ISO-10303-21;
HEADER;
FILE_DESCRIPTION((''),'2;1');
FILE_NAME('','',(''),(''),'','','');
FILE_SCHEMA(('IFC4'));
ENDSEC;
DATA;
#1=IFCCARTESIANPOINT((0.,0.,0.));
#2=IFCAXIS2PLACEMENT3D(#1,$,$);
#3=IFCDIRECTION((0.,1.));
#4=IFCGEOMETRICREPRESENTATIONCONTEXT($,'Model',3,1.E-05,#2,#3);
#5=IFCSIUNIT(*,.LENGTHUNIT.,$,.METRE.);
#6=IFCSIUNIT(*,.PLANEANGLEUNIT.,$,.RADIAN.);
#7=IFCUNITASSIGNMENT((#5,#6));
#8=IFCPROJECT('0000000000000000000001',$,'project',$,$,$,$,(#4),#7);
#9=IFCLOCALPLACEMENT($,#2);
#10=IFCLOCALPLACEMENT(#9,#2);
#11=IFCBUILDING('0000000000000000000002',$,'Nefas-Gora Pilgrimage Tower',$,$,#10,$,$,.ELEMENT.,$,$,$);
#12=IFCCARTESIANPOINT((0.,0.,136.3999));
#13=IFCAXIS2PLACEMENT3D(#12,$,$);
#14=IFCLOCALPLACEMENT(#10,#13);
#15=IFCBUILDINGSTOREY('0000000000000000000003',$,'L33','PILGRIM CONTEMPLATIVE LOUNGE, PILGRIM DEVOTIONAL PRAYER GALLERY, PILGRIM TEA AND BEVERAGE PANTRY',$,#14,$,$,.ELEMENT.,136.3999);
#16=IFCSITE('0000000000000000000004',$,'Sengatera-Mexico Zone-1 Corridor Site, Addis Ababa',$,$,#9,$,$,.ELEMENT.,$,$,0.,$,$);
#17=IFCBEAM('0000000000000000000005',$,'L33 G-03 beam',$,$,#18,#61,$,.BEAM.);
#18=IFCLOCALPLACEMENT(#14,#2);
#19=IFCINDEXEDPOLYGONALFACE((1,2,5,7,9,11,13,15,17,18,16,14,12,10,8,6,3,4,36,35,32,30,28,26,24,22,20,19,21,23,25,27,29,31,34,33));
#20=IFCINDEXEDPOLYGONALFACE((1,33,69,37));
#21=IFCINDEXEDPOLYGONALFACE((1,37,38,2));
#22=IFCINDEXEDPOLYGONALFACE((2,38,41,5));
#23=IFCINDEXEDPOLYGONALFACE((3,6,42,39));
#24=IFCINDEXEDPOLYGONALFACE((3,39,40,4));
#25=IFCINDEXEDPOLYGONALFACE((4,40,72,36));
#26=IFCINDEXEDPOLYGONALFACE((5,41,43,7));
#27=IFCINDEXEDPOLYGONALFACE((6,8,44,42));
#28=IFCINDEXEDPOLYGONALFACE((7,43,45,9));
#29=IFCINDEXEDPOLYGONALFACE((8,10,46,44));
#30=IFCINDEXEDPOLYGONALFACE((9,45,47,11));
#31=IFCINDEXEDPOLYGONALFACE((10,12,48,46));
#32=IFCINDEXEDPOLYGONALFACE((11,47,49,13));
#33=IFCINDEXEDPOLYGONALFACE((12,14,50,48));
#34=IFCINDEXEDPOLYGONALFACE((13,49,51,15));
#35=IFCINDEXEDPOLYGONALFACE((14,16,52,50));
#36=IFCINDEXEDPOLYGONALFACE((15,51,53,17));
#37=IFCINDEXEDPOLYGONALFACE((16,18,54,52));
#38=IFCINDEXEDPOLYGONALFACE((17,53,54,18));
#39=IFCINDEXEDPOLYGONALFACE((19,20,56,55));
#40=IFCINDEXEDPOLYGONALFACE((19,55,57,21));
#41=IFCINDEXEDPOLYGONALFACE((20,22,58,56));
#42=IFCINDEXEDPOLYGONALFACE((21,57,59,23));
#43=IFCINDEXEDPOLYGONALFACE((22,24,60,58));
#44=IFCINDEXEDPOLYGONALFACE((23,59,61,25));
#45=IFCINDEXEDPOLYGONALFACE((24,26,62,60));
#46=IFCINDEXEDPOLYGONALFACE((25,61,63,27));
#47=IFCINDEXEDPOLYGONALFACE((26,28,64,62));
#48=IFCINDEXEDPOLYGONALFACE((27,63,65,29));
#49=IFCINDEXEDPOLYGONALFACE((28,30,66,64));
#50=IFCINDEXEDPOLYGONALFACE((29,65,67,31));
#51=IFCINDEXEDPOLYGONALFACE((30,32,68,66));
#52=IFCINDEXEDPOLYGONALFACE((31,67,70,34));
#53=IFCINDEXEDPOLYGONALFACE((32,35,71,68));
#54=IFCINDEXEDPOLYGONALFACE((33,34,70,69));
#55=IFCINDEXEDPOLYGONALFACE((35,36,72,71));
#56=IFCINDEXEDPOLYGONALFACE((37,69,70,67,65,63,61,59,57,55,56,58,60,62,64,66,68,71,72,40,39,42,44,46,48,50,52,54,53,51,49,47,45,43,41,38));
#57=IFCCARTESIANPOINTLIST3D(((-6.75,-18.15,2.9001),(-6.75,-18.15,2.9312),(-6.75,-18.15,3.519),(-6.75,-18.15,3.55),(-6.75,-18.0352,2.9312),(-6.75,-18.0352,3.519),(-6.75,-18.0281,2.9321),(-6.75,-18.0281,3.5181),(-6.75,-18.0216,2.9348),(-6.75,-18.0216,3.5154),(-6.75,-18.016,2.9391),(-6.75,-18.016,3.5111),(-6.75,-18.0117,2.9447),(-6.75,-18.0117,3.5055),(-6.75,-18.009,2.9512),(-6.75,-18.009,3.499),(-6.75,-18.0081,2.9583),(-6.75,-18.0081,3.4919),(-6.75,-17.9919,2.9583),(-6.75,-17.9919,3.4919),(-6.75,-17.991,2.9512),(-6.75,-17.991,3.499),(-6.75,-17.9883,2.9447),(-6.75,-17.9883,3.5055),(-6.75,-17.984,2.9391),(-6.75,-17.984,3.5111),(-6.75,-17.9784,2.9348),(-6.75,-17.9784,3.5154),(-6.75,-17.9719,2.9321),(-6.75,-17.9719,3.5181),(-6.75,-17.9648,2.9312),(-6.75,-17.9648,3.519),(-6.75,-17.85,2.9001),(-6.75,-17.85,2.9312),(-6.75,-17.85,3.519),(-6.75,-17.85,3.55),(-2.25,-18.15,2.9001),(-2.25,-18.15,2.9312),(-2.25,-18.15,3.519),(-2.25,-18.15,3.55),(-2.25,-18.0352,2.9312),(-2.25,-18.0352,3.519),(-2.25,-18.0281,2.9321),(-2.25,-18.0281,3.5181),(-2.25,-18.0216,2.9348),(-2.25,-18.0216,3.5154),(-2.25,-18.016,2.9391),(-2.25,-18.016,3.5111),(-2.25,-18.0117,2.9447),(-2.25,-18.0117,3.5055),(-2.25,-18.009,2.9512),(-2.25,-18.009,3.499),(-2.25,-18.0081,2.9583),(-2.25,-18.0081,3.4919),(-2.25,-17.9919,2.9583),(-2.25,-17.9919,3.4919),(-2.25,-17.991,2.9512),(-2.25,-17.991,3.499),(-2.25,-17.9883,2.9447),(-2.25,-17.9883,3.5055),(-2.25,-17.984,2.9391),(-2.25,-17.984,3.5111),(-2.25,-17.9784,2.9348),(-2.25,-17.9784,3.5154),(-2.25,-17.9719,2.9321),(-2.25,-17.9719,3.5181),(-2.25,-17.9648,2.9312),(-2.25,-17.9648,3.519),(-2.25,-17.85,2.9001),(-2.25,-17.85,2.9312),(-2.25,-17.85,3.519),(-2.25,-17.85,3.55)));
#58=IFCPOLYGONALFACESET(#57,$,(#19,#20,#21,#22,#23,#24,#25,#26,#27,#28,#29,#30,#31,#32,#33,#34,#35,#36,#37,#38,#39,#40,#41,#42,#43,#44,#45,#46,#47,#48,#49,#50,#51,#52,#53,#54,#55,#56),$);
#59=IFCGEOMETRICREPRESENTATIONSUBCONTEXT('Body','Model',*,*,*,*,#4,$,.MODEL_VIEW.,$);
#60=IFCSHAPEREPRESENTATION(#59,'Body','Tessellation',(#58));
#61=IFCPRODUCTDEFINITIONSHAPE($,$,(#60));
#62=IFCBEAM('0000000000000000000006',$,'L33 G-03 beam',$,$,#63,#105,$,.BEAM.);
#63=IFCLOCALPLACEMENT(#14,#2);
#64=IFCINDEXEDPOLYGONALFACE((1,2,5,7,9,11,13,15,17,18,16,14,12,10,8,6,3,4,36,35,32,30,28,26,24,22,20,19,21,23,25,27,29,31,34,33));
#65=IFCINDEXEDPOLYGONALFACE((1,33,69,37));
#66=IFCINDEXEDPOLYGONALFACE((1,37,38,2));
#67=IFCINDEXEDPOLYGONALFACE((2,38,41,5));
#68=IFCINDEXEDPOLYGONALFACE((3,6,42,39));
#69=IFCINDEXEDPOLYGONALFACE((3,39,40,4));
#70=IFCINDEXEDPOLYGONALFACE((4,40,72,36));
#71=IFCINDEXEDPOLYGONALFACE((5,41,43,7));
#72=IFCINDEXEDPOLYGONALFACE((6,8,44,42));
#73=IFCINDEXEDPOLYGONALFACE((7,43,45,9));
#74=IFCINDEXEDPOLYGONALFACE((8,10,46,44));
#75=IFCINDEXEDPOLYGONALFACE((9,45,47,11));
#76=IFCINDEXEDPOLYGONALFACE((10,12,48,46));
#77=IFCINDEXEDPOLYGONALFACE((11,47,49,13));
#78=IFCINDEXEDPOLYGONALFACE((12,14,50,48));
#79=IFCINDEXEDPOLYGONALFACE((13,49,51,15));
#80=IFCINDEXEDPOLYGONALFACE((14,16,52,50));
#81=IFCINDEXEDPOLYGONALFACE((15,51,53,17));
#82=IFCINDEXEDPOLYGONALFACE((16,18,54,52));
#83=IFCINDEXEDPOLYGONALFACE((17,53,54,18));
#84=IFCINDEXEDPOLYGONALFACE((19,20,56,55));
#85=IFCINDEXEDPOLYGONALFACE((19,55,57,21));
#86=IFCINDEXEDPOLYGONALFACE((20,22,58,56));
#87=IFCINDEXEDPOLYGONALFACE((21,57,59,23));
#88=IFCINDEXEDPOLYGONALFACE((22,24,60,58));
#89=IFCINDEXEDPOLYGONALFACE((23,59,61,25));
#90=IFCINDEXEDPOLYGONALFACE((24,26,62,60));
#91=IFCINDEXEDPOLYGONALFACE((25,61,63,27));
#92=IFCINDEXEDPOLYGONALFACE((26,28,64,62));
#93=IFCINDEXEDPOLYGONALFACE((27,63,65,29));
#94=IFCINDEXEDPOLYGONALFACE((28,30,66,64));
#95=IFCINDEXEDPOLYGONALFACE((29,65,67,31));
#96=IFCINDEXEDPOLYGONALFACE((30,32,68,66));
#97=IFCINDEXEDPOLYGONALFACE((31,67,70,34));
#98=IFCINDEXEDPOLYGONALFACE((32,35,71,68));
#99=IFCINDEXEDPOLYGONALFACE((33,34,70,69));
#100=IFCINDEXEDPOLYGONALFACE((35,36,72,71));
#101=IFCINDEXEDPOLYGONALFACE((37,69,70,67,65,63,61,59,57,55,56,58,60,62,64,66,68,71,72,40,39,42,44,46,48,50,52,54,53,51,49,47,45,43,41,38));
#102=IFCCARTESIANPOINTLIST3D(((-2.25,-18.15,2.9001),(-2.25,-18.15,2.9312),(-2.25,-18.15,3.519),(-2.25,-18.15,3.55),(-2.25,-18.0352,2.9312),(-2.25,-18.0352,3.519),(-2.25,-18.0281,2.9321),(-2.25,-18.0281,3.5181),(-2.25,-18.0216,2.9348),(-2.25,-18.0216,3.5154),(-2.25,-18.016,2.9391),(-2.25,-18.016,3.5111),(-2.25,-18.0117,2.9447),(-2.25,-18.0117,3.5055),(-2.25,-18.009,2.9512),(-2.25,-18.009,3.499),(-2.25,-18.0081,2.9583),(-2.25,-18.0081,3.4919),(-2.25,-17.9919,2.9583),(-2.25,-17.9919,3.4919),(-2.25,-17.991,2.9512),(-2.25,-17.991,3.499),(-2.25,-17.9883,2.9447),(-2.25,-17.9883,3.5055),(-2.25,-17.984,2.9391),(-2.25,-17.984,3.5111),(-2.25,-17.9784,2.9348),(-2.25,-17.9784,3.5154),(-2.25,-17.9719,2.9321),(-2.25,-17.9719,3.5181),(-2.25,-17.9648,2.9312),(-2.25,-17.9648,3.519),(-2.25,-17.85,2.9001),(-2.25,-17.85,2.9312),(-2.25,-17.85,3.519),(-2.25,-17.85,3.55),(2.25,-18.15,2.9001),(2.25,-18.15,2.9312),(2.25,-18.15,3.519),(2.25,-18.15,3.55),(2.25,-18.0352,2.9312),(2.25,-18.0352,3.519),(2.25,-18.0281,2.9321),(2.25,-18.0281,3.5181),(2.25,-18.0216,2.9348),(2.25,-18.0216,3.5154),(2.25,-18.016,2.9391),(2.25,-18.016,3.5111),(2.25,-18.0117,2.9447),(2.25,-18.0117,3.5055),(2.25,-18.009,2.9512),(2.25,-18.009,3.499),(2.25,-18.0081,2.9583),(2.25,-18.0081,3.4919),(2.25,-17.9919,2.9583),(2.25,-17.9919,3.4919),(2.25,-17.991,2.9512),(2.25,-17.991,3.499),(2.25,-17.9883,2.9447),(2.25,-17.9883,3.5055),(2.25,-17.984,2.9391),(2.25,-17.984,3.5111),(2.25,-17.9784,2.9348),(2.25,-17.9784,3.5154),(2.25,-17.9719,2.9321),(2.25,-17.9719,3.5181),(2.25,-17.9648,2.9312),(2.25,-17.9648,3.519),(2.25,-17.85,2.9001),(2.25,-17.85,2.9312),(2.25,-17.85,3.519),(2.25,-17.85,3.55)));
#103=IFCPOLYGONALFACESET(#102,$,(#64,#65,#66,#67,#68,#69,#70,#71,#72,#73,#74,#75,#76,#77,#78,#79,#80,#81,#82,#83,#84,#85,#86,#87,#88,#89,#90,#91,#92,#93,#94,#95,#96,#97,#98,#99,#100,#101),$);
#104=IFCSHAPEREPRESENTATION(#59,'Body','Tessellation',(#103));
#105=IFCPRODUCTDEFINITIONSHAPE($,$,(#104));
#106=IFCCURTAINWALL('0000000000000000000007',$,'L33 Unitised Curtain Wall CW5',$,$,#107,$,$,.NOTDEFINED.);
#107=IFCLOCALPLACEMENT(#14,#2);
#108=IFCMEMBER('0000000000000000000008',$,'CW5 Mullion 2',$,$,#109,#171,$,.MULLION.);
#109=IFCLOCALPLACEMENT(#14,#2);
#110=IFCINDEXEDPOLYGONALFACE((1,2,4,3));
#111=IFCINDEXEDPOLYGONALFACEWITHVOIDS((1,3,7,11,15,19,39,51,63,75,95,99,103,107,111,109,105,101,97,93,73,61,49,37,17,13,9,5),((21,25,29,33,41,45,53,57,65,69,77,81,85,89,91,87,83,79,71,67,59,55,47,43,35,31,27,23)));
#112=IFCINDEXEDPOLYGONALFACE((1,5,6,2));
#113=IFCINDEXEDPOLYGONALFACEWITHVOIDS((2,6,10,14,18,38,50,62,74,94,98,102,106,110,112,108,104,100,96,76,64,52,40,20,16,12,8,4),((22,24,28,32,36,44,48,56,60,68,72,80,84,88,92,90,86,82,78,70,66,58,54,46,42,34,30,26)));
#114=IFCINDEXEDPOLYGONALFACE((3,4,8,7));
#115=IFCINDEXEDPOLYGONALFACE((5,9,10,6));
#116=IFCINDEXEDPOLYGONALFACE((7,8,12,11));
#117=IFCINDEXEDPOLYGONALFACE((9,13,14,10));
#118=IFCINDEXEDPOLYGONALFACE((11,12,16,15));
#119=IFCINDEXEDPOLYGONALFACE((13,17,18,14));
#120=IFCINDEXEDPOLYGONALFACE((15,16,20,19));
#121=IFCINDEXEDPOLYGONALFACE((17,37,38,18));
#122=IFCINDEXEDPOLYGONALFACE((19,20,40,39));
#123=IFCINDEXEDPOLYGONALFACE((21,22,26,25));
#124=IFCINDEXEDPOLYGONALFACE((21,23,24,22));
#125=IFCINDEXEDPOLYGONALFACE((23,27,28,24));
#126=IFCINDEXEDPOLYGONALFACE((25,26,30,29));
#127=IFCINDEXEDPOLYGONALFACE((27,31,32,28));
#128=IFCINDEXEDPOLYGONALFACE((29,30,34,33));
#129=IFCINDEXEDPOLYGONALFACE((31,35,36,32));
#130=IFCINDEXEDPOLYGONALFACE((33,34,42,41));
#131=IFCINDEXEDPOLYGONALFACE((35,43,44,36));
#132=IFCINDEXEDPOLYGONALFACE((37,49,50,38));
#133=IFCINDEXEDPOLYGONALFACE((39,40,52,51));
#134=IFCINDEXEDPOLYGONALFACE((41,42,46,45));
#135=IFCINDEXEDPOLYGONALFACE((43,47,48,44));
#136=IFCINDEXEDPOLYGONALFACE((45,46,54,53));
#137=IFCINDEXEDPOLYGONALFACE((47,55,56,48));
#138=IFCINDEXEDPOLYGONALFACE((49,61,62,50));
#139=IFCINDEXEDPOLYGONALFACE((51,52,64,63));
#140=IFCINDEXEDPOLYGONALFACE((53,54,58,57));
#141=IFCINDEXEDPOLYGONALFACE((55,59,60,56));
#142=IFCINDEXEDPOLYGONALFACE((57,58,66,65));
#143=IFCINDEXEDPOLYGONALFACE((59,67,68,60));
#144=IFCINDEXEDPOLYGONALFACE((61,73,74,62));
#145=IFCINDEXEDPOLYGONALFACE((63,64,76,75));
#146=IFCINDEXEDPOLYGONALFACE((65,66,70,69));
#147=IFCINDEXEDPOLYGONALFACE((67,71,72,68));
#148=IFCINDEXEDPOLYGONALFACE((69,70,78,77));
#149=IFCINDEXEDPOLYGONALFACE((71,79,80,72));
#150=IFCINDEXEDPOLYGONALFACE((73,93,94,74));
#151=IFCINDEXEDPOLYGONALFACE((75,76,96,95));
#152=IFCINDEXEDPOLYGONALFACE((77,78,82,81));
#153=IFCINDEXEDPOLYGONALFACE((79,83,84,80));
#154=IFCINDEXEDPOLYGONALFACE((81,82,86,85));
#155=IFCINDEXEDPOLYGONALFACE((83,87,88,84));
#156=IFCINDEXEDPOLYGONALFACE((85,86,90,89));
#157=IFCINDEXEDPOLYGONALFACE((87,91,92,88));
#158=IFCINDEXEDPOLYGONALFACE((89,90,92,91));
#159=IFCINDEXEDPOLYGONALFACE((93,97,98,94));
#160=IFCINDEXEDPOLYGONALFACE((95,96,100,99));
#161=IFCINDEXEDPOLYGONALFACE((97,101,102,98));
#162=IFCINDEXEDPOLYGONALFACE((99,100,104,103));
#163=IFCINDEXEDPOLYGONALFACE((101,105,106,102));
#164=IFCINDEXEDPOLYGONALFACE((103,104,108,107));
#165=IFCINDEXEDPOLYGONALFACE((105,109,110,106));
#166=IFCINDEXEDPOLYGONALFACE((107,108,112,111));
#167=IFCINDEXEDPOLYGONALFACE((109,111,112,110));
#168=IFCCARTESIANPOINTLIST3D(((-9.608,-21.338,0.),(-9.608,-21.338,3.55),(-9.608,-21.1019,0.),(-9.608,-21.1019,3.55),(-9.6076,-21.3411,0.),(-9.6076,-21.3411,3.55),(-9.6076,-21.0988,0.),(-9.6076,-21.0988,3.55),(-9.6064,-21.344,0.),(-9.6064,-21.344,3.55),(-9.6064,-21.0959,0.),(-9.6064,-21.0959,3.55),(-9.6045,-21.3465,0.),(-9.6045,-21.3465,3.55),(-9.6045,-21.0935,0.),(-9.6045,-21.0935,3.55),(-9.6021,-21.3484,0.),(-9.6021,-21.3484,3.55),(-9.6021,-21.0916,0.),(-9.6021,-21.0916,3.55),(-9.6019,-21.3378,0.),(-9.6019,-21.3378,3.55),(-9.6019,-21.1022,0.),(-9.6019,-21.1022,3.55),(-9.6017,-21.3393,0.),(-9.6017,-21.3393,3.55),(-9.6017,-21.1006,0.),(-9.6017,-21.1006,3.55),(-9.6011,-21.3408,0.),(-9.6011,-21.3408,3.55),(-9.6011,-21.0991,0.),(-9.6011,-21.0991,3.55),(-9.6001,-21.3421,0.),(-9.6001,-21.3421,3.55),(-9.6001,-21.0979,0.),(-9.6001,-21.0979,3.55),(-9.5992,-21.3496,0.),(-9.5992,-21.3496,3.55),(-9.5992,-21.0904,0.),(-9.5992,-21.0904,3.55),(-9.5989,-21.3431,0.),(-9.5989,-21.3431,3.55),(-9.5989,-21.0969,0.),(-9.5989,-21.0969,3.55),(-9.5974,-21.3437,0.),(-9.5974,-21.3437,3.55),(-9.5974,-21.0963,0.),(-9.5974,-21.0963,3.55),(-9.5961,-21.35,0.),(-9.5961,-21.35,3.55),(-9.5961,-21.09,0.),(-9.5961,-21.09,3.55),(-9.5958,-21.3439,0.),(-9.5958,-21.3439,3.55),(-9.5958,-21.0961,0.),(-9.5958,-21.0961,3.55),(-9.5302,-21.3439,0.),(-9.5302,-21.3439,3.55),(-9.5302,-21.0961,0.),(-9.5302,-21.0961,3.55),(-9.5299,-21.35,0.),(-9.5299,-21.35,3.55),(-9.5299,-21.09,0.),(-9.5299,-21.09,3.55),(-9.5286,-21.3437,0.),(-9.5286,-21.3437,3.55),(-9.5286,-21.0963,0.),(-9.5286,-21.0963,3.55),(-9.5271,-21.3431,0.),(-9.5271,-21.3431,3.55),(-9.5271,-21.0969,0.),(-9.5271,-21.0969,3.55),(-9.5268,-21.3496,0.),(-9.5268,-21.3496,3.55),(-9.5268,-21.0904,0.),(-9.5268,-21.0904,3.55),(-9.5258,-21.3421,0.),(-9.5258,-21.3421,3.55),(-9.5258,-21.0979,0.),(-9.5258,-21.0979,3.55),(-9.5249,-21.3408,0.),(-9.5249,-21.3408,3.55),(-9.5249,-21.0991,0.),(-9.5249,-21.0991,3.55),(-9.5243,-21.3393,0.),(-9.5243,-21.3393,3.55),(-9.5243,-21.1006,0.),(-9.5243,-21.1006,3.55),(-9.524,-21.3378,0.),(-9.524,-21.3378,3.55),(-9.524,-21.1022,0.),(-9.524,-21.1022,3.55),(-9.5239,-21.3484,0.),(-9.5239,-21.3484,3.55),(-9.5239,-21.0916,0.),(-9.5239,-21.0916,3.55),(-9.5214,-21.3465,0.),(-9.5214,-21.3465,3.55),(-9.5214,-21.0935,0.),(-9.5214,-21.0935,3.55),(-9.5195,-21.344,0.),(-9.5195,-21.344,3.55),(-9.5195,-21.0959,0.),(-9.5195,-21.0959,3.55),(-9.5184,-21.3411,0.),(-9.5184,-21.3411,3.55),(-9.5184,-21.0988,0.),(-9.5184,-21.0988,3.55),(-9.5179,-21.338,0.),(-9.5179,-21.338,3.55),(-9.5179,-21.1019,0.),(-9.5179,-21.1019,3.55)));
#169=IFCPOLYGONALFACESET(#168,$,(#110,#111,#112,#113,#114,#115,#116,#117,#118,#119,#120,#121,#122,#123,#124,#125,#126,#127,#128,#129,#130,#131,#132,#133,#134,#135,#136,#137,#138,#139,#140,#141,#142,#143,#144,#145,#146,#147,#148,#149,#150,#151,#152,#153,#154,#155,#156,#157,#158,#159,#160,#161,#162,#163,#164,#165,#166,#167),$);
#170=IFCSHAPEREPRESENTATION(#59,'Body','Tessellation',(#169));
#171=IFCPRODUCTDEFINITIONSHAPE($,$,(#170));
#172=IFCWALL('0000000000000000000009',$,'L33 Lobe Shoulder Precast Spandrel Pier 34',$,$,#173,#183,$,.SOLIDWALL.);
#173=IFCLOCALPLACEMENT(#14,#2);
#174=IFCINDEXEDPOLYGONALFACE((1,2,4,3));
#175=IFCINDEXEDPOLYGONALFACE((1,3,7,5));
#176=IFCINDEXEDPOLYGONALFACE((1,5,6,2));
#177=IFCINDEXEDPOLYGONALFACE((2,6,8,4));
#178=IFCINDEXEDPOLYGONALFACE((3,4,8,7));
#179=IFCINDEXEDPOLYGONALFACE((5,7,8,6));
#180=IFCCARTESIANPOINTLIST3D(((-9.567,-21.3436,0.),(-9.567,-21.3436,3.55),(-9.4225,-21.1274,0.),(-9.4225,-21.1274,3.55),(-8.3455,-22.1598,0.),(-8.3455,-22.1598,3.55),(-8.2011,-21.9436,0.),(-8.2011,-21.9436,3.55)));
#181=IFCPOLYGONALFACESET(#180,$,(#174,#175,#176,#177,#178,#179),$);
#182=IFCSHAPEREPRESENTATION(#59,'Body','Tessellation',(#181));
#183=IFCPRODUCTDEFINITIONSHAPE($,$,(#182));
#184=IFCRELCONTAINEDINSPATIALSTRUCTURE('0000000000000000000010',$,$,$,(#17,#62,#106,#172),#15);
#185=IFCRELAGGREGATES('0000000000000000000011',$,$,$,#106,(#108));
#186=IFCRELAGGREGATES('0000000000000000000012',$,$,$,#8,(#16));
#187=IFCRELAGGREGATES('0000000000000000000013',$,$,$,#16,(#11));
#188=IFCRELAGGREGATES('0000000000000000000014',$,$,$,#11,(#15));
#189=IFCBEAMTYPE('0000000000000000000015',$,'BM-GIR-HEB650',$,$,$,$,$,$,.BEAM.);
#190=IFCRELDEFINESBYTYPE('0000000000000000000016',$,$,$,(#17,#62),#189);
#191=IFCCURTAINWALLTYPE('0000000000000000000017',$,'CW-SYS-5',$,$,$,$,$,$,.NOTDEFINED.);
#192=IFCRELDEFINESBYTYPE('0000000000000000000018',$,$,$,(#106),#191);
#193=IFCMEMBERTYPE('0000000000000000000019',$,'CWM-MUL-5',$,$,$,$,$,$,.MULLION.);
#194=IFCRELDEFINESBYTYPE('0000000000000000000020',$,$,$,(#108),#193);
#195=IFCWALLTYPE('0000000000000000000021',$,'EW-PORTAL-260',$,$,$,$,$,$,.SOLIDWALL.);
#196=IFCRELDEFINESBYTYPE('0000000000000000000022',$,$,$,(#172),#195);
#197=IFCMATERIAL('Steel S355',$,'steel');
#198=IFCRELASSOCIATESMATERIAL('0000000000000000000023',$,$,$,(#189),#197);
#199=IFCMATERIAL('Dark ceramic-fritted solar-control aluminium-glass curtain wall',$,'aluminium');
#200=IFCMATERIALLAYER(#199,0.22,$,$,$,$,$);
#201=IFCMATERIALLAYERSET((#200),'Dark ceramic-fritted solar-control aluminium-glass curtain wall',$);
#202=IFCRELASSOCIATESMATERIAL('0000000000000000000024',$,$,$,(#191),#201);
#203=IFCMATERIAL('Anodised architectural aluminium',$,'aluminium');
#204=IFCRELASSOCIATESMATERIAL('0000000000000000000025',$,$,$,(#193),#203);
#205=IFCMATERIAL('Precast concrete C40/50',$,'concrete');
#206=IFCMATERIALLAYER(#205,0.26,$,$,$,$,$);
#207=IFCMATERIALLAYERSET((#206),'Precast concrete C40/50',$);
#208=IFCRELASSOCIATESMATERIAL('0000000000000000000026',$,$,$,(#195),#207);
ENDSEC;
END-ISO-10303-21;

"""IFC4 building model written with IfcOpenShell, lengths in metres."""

from ifc_helpers import new_model, si_unit, direction, frame, frame_2d, origin, origin_2d, place, context, subcontext, project, spatial, rectangle, hollow_rectangle, i_section, extrude, source, transform, mapped, material, layer, layer_set, material_profile, profile_set, type_object, element, aggregate, save


model = new_model("IFC4")

# Units and contexts
model_context = context("Model", 3, precision=1e-05, world=origin(), true_north=direction((0.0, 1.0)))
body_context = subcontext(model_context, "Body", "Model", "MODEL_VIEW")
ifc_project = project(units=[si_unit("LENGTHUNIT", "METRE"), si_unit("PLANEANGLEUNIT", "RADIAN")], contexts=[model_context])

# Site, building, storey
site_placement = place(None, origin())
site = spatial("IfcSite", under=ifc_project, at=site_placement, Name="Sengatera-Mexico Zone-1 Corridor Site, Addis Ababa", CompositionType="ELEMENT", RefElevation=0.0)
building_placement = place(site_placement, origin())
building = spatial("IfcBuilding", under=site, at=building_placement, Name="Nefas-Gora Pilgrimage Tower", CompositionType="ELEMENT")
storey_placement = place(building_placement, frame((0.0, 0.0, 136.3999)))
storey = spatial("IfcBuildingStorey", under=building, at=storey_placement, Name="L33", Description="PILGRIM CONTEMPLATIVE LOUNGE, PILGRIM DEVOTIONAL PRAYER GALLERY, PILGRIM TEA AND BEVERAGE PANTRY", CompositionType="ELEMENT", Elevation=136.3999)

# Beams
ifc_material_1 = material(Name="Steel S355", Category="steel")
ifc_material_profile_1 = material_profile(ifc_material_1, i_section(OverallWidth=0.3, OverallDepth=0.6499, WebThickness=0.0161, FlangeThickness=0.031, FilletRadius=0.0271, at=origin_2d()), Name="HEB 650")
ifc_profile_set_1 = profile_set([ifc_material_profile_1], Name="Steel S355")
beam_type = type_object("IfcBeamType", Name="BM-GIR-HEB650", PredefinedType="BEAM", material=ifc_profile_set_1)
shared_shape_1 = source(origin(), body_context, "Body", "SweptSolid", [
    extrude(i_section(OverallWidth=0.3, OverallDepth=0.6499, WebThickness=0.0161, FlangeThickness=0.031, FilletRadius=0.0271, at=origin_2d()), origin(), (0.0, 0.0, 1.0), 4.5),
])
for number, where, z_axis, x_axis, name in (
    (1, (-6.75, -18.0, 3.2251), (1.0, 0.0, 0.0), (0.0, 1.0, 0.0), "L33 G-03 beam"),
    (2, (-2.25, -18.0, 3.2251), (1.0, 0.0, 0.0), (0.0, 1.0, 0.0), "L33 G-03 beam"),
):
    element("IfcBeam", number, at=place(storey_placement, frame(where, z_axis=z_axis, x_axis=x_axis)), inside=storey, type_object=beam_type, Name=name, PredefinedType="BEAM", context=body_context, shape_type="MappedRepresentation", body=[
        mapped(shared_shape_1, transform((0.0, 0.0, 0.0), x_axis=(1.0, 0.0, 0.0), y_axis=(0.0, 1.0, 0.0), z_axis=(0.0, 0.0, 1.0), scale=1.0)),
    ])

# Curtain wall, member
ifc_material_2 = material(Name="Dark ceramic-fritted solar-control aluminium-glass curtain wall", Category="aluminium")
ifc_layer_1 = layer(ifc_material_2, 0.22)
ifc_layer_set_1 = layer_set([ifc_layer_1], Name="Dark ceramic-fritted solar-control aluminium-glass curtain wall")
curtain_wall_type = type_object("IfcCurtainWallType", Name="CW-SYS-5", PredefinedType="NOTDEFINED", material=ifc_layer_set_1)
curtain_wall_placement = place(storey_placement, origin())
curtain_wall = element("IfcCurtainWall", 3, at=curtain_wall_placement, inside=storey, type_object=curtain_wall_type, Name="L33 Unitised Curtain Wall CW5", PredefinedType="NOTDEFINED")
ifc_material_3 = material(Name="Anodised architectural aluminium", Category="aluminium")
ifc_material_profile_2 = material_profile(ifc_material_3, hollow_rectangle(XDim=0.0901, YDim=0.26, WallThickness=0.0061, InnerFilletRadius=0.0061, OuterFilletRadius=0.012, at=origin_2d()), Name="ALU MULLION 90x260")
ifc_profile_set_2 = profile_set([ifc_material_profile_2], Name="Anodised architectural aluminium")
member_type = type_object("IfcMemberType", Name="CWM-MUL-5", PredefinedType="MULLION", material=ifc_profile_set_2)
shared_shape_2 = source(origin(), body_context, "Body", "SweptSolid", [
    extrude(hollow_rectangle(XDim=0.0901, YDim=0.26, WallThickness=0.0061, InnerFilletRadius=0.0061, OuterFilletRadius=0.012, at=origin_2d()), origin(), (0.0, 0.0, 1.0), 3.55),
])
member_placement = place(storey_placement, frame((-9.563, -21.22, 0.0), z_axis=(0.0, 0.0, 1.0), x_axis=(1.0, 0.0, 0.0)))
member = element("IfcMember", 4, at=member_placement, type_object=member_type, Name="CW5 Mullion 2", PredefinedType="MULLION", context=body_context, shape_type="MappedRepresentation", body=[
    mapped(shared_shape_2, transform((0.0, 0.0, 0.0), x_axis=(1.0, 0.0, 0.0), y_axis=(0.0, 1.0, 0.0), z_axis=(0.0, 0.0, 1.0), scale=1.0)),
])
aggregate(curtain_wall, [member])

# Wall
ifc_material_4 = material(Name="Precast concrete C40/50", Category="concrete")
ifc_layer_2 = layer(ifc_material_4, 0.26)
ifc_layer_set_2 = layer_set([ifc_layer_2], Name="Precast concrete C40/50")
wall_type_1 = type_object("IfcWallType", Name="EW-PORTAL-260", PredefinedType="SOLIDWALL", material=ifc_layer_set_2)
shared_shape_3 = source(origin(), body_context, "Body", "SweptSolid", [
    extrude(rectangle(XDim=1.469, YDim=0.26, at=frame_2d((0.7344, 0.0))), origin(), (0.0, 0.0, 1.0), 3.55),
])
wall_1_placement = place(storey_placement, frame((-9.4946, -21.2356, 0.0), z_axis=(0.0, 0.0, 1.0), x_axis=(0.831462, -0.555582, 0.0)))
element("IfcWall", 5, at=wall_1_placement, inside=storey, type_object=wall_type_1, Name="L33 Lobe Shoulder Precast Spandrel Pier 34", PredefinedType="SOLIDWALL", context=body_context, shape_type="MappedRepresentation", body=[
    mapped(shared_shape_3, transform((0.0, 0.0, 0.0), x_axis=(1.0, 0.0, 0.0), y_axis=(0.0, 1.0, 0.0), z_axis=(0.0, 0.0, 1.0), scale=1.0)),
])

save(model, "model.ifc")
